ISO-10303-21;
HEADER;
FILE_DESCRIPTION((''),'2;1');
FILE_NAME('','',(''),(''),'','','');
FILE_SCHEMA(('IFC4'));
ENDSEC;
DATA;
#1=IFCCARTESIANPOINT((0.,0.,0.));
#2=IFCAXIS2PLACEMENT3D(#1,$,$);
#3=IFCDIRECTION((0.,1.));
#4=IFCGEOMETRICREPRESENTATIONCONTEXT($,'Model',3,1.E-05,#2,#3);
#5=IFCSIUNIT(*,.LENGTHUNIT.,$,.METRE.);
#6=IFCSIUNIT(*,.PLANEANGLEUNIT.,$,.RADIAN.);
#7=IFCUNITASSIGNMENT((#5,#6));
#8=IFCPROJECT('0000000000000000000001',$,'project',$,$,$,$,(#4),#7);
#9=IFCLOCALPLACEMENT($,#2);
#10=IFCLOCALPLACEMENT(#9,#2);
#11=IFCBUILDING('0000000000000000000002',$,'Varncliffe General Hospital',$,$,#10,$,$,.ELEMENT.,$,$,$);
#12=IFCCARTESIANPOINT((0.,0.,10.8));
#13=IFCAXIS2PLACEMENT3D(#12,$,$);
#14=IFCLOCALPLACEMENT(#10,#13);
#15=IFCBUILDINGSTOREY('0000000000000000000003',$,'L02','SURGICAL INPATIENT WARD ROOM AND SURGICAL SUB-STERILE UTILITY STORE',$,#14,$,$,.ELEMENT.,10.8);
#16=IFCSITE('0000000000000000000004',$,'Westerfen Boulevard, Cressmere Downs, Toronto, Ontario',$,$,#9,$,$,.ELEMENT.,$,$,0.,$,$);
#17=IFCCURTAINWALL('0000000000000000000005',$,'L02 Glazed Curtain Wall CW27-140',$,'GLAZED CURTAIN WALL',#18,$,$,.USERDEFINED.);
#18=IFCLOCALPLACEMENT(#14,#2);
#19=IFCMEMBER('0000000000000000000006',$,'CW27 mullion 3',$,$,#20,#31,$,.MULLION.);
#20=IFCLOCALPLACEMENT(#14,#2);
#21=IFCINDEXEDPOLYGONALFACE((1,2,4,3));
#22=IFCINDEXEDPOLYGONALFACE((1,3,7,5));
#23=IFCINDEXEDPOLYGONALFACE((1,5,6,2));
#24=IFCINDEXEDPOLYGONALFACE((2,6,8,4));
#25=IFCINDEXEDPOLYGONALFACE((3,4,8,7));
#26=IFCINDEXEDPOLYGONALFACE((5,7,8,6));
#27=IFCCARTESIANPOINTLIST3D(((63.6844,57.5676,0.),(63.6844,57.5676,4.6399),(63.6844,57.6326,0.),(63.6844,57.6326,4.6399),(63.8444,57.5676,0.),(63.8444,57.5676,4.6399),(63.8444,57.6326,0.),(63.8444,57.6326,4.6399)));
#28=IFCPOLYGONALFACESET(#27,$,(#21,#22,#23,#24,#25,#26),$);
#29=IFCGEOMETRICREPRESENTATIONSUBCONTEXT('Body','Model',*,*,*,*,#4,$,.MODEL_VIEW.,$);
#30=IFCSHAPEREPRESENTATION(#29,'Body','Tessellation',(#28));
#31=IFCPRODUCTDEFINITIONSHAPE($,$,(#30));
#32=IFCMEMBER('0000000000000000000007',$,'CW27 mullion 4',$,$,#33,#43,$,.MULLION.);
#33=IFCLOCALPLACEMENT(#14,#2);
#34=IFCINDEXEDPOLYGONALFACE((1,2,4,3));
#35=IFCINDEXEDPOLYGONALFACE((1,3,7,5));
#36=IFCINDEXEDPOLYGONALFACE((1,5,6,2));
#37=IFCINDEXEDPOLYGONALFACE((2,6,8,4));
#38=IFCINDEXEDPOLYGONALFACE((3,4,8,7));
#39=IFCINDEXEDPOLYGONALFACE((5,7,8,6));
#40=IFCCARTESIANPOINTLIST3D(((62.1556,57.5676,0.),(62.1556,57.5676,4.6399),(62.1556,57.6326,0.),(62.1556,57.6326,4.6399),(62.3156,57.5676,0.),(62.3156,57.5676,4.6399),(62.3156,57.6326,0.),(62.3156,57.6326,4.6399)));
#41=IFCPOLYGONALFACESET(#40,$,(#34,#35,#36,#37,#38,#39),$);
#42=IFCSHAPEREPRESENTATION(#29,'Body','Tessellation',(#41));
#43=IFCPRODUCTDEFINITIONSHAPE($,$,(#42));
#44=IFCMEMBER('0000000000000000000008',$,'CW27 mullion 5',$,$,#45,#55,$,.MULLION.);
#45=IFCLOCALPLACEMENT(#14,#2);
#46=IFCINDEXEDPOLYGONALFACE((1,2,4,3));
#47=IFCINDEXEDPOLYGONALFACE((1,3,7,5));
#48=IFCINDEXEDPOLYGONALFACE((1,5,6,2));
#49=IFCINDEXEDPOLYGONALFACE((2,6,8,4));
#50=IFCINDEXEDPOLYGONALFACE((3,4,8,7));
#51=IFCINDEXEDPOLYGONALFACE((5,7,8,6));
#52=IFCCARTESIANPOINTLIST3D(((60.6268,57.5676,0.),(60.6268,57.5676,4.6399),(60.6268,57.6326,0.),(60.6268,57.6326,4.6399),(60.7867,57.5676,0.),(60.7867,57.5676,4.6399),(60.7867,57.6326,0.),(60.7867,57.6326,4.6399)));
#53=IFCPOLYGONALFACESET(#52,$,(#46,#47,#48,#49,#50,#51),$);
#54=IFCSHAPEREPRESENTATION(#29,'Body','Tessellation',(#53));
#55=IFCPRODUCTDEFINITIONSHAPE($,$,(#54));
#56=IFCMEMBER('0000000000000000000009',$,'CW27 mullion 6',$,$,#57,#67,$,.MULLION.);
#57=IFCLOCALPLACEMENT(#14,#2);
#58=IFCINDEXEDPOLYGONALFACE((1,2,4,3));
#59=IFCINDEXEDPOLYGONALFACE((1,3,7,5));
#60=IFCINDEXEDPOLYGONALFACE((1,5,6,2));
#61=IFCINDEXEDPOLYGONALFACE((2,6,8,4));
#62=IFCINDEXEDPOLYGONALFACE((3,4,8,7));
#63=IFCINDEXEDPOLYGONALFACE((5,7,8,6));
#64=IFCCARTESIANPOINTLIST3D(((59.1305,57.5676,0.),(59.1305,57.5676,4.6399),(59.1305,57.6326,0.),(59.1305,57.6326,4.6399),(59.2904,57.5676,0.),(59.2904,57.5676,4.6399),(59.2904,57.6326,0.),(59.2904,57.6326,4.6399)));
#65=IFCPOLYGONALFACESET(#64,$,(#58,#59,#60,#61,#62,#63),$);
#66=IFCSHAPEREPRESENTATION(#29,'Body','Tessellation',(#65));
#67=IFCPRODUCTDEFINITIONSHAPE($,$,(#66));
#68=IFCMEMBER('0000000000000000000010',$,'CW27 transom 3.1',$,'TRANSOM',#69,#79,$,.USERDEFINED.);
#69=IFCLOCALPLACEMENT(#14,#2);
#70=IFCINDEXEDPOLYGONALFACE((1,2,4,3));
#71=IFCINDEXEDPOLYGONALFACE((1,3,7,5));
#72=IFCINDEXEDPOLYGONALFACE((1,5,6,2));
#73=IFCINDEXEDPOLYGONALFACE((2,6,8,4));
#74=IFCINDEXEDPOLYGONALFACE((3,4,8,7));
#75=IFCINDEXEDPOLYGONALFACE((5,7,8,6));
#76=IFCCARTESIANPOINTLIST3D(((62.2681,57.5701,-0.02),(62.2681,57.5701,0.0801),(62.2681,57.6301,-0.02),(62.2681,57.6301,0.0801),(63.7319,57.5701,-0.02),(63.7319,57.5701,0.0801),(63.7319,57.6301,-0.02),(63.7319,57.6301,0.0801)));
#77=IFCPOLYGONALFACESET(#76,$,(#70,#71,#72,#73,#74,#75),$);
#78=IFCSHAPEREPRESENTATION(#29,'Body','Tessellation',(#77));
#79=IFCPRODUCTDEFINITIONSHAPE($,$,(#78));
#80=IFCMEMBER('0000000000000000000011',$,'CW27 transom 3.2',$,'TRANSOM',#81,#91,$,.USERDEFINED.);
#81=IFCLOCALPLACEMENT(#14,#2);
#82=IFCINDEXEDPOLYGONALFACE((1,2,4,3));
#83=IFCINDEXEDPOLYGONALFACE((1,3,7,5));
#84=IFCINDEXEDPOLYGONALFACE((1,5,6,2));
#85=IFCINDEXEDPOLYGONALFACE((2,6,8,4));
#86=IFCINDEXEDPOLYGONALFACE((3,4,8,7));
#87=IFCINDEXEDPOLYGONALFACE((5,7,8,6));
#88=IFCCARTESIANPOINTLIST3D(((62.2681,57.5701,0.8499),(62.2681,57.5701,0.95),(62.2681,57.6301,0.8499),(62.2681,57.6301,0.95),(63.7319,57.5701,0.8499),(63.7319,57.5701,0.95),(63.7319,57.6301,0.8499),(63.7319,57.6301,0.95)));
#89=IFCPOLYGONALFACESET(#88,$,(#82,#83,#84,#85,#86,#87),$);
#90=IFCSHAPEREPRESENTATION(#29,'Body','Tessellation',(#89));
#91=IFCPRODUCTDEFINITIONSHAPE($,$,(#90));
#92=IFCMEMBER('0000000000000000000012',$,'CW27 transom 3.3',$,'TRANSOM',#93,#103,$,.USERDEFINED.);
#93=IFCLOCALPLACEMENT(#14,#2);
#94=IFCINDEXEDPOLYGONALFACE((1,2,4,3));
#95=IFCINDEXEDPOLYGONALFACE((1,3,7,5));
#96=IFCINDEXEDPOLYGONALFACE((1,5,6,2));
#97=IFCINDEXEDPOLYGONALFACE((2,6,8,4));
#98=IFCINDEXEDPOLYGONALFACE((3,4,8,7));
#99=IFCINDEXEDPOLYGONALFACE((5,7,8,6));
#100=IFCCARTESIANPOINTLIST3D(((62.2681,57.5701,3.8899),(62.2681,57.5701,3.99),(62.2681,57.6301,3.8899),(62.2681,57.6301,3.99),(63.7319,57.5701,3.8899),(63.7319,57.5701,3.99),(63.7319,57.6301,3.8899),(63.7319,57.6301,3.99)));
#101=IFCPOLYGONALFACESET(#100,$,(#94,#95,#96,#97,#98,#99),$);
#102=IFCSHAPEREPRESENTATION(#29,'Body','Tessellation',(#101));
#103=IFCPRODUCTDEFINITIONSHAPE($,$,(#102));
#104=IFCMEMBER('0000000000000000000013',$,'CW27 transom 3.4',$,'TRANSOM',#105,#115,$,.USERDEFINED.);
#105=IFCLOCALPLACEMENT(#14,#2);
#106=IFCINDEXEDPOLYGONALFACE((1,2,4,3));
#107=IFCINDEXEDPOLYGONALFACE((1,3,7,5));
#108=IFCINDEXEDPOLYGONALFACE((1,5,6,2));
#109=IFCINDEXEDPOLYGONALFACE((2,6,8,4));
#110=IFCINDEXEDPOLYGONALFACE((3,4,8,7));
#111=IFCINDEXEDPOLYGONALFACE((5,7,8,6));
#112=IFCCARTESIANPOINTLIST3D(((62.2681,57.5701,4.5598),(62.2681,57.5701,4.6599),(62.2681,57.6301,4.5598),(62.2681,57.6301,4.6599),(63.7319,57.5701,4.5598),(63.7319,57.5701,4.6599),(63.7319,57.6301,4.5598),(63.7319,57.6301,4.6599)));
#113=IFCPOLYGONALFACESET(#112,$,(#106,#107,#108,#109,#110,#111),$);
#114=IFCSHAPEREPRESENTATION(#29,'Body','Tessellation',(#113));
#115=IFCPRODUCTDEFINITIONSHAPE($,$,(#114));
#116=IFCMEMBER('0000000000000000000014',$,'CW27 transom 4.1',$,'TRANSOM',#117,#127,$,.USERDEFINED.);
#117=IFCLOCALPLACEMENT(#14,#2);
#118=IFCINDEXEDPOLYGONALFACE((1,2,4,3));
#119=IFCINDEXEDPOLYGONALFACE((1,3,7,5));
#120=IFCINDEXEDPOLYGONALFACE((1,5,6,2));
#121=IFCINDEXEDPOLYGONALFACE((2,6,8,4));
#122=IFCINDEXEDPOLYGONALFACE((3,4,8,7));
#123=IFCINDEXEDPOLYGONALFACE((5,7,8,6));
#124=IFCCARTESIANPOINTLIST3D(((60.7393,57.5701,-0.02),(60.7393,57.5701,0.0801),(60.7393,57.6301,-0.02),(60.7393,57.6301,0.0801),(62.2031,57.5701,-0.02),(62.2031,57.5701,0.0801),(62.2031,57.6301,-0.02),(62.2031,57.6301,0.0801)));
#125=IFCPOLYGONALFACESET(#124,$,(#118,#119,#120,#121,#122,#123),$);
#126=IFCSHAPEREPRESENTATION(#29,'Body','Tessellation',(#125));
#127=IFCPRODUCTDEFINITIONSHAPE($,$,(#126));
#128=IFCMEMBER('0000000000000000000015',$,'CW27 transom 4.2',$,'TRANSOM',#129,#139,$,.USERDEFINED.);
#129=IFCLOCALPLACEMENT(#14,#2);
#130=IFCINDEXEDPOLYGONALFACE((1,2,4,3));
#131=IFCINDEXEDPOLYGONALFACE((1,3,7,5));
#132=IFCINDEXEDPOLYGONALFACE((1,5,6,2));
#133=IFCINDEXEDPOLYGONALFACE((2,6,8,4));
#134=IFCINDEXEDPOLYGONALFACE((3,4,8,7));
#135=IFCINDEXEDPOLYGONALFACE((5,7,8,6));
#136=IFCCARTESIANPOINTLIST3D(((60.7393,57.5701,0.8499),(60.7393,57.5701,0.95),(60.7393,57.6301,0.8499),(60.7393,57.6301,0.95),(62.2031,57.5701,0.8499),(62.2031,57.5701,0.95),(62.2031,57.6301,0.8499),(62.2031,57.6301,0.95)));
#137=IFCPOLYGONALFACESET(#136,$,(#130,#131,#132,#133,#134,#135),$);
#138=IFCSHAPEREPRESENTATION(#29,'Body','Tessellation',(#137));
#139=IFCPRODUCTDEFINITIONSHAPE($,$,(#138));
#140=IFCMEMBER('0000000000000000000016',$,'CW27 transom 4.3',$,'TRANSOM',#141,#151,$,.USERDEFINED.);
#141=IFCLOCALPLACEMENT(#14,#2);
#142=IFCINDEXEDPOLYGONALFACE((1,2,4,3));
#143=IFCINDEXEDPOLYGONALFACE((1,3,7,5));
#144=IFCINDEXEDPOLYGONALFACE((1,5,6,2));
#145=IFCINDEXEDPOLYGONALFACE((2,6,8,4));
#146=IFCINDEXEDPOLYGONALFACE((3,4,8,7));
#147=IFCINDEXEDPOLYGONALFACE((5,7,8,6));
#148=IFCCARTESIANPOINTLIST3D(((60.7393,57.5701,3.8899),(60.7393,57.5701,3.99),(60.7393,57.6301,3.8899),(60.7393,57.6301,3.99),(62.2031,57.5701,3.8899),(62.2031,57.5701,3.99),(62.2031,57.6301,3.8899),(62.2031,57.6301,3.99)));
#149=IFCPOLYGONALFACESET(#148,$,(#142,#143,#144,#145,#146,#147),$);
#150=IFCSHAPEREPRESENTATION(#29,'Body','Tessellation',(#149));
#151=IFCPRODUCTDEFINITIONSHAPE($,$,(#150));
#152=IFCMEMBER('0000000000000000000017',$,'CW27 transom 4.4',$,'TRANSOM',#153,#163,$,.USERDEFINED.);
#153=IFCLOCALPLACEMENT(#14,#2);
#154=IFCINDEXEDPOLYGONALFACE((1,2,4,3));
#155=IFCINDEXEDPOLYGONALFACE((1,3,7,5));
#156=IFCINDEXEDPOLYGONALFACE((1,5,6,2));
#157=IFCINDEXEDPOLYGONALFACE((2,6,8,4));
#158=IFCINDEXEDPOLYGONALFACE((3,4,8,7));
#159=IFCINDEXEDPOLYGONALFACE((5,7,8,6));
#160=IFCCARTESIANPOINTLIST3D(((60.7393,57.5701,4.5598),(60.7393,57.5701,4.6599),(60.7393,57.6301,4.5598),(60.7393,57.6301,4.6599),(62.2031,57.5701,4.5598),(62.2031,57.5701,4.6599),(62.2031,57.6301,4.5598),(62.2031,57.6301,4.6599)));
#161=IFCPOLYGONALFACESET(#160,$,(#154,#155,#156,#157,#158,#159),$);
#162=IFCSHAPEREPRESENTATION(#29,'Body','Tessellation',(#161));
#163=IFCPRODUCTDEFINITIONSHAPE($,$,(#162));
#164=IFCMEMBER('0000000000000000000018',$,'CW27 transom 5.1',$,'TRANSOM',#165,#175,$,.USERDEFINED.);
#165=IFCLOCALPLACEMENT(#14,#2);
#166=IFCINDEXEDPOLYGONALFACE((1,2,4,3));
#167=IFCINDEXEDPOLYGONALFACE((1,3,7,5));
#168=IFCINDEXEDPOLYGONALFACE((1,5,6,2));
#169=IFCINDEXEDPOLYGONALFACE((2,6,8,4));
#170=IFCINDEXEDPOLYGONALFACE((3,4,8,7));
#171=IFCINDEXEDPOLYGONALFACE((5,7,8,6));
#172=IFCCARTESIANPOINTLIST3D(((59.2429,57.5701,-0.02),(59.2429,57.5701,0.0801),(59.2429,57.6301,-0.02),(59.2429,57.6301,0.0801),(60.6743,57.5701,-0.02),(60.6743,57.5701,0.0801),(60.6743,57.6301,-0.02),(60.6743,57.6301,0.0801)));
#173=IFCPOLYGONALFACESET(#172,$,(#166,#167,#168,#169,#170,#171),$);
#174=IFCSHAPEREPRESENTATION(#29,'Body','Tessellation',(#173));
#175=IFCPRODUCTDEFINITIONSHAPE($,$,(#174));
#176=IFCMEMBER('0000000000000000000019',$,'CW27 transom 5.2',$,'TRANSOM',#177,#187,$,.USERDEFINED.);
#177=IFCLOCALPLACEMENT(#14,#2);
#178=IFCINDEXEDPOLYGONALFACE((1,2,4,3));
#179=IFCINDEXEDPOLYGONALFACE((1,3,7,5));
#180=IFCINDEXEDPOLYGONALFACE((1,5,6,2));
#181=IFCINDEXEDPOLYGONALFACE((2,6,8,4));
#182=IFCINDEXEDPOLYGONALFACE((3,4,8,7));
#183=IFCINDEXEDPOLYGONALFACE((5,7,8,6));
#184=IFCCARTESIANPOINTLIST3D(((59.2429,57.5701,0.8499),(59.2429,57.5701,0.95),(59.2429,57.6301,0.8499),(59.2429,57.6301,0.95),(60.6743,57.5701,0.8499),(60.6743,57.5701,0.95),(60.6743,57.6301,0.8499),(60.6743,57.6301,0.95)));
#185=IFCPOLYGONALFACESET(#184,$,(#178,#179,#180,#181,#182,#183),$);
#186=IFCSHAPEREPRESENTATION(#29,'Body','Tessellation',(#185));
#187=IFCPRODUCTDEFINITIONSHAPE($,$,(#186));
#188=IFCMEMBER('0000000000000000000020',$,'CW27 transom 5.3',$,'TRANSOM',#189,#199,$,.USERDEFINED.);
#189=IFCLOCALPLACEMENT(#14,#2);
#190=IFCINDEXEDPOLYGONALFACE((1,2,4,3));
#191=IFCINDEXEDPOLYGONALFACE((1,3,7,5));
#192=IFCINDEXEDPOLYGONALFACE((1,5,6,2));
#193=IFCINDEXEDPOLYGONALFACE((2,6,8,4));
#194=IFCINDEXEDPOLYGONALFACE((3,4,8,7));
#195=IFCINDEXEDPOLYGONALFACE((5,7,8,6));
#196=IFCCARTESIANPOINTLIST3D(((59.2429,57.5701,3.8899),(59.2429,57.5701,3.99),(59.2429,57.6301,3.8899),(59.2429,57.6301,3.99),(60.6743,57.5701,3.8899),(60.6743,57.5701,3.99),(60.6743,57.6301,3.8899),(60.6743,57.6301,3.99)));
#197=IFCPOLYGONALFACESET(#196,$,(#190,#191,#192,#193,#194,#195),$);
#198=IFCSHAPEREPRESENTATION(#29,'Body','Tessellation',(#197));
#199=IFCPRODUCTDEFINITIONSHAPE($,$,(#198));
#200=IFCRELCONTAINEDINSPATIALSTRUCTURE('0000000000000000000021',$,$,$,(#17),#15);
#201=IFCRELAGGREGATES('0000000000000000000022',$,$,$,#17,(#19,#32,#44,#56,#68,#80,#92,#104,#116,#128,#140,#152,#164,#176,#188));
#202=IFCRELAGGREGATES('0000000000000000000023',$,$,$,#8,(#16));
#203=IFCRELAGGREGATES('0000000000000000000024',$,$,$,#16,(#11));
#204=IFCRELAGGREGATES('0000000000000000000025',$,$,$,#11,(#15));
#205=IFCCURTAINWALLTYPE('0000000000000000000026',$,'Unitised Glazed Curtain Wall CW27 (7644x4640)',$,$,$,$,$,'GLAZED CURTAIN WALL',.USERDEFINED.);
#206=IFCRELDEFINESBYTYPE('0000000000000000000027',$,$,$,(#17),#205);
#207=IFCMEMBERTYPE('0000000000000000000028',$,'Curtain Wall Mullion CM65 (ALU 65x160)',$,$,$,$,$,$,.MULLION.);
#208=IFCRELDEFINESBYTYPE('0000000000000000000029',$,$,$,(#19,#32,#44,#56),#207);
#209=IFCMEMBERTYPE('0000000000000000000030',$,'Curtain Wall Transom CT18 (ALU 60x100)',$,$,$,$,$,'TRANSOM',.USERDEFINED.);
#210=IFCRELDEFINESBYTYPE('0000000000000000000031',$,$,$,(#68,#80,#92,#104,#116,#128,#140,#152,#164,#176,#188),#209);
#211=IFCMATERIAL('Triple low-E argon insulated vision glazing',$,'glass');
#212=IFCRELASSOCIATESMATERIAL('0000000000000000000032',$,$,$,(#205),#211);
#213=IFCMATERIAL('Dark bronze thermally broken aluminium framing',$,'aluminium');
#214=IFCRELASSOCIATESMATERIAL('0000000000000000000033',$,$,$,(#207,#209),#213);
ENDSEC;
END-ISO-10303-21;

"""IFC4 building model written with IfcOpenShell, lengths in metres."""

from ifc_helpers import new_model, si_unit, direction, frame, origin, origin_2d, place, context, subcontext, project, spatial, rectangle, extrude, material, material_profile, profile_set, type_object, element, aggregate, save


model = new_model("IFC4")

# Units and contexts
model_context = context("Model", 3, precision=1e-05, world=origin(), true_north=direction((0.0, 1.0)))
body_context = subcontext(model_context, "Body", "Model", "MODEL_VIEW")
ifc_project = project(units=[si_unit("LENGTHUNIT", "METRE"), si_unit("PLANEANGLEUNIT", "RADIAN")], contexts=[model_context])

# Site, building, storey
site_placement = place(None, origin())
site = spatial("IfcSite", under=ifc_project, at=site_placement, Name="Westerfen Boulevard, Cressmere Downs, Toronto, Ontario", CompositionType="ELEMENT", RefElevation=0.0)
building_placement = place(site_placement, origin())
building = spatial("IfcBuilding", under=site, at=building_placement, Name="Varncliffe General Hospital", CompositionType="ELEMENT")
storey_placement = place(building_placement, frame((0.0, 0.0, 10.8)))
storey = spatial("IfcBuildingStorey", under=building, at=storey_placement, Name="L02", Description="SURGICAL INPATIENT WARD ROOM AND SURGICAL SUB-STERILE UTILITY STORE", CompositionType="ELEMENT", Elevation=10.8)

# Curtain wall, members
ifc_material_1 = material(Name="Triple low-E argon insulated vision glazing", Category="glass")
curtain_wall_type = type_object("IfcCurtainWallType", Name="Unitised Glazed Curtain Wall CW27 (7644x4640)", ElementType="GLAZED CURTAIN WALL", PredefinedType="USERDEFINED", material=ifc_material_1)
curtain_wall_placement = place(storey_placement, origin())
curtain_wall = element("IfcCurtainWall", 1, at=curtain_wall_placement, inside=storey, type_object=curtain_wall_type, Name="L02 Glazed Curtain Wall CW27-140", ObjectType="GLAZED CURTAIN WALL", PredefinedType="USERDEFINED")
ifc_material_2 = material(Name="Dark bronze thermally broken aluminium framing", Category="aluminium")
ifc_material_profile_1 = material_profile(ifc_material_2, rectangle(XDim=0.0649, YDim=0.1599, at=origin_2d()), Name="ALU 65x160")
ifc_profile_set_1 = profile_set([ifc_material_profile_1], Name="Dark bronze thermally broken aluminium framing")
member_type_1 = type_object("IfcMemberType", Name="Curtain Wall Mullion CM65 (ALU 65x160)", PredefinedType="MULLION", material=ifc_profile_set_1)
member_1_placement = place(storey_placement, frame((63.7644, 57.6001, 0.0), z_axis=(0.0, 0.0, 1.0), x_axis=(0.0, -1.0, 0.0)))
member_1 = element("IfcMember", 2, at=member_1_placement, type_object=member_type_1, Name="CW27 mullion 3", PredefinedType="MULLION", context=body_context, shape_type="SweptSolid", body=[
    extrude(rectangle(XDim=0.0649, YDim=0.1599, at=origin_2d()), origin(), (0.0, 0.0, 1.0), 4.6399),
])
member_2_placement = place(storey_placement, frame((62.2356, 57.6001, 0.0), z_axis=(0.0, 0.0, 1.0), x_axis=(0.0, -1.0, 0.0)))
member_2 = element("IfcMember", 3, at=member_2_placement, type_object=member_type_1, Name="CW27 mullion 4", PredefinedType="MULLION", context=body_context, shape_type="SweptSolid", body=[
    extrude(rectangle(XDim=0.0649, YDim=0.1599, at=origin_2d()), origin(), (0.0, 0.0, 1.0), 4.6399),
])
member_3_placement = place(storey_placement, frame((60.7068, 57.6001, 0.0), z_axis=(0.0, 0.0, 1.0), x_axis=(0.0, -1.0, 0.0)))
member_3 = element("IfcMember", 4, at=member_3_placement, type_object=member_type_1, Name="CW27 mullion 5", PredefinedType="MULLION", context=body_context, shape_type="SweptSolid", body=[
    extrude(rectangle(XDim=0.0649, YDim=0.1599, at=origin_2d()), origin(), (0.0, 0.0, 1.0), 4.6399),
])
member_4_placement = place(storey_placement, frame((59.2104, 57.6001, 0.0), z_axis=(0.0, 0.0, 1.0), x_axis=(0.0, -1.0, 0.0)))
member_4 = element("IfcMember", 5, at=member_4_placement, type_object=member_type_1, Name="CW27 mullion 6", PredefinedType="MULLION", context=body_context, shape_type="SweptSolid", body=[
    extrude(rectangle(XDim=0.0649, YDim=0.1599, at=origin_2d()), origin(), (0.0, 0.0, 1.0), 4.6399),
])
ifc_material_profile_2 = material_profile(ifc_material_2, rectangle(XDim=0.0601, YDim=0.1001, at=origin_2d()), Name="ALU 60x100")
ifc_profile_set_2 = profile_set([ifc_material_profile_2], Name="Dark bronze thermally broken aluminium framing")
member_type_2 = type_object("IfcMemberType", Name="Curtain Wall Transom CT18 (ALU 60x100)", ElementType="TRANSOM", PredefinedType="USERDEFINED", material=ifc_profile_set_2)
member_5_placement = place(storey_placement, frame((63.7319, 57.6001, 0.03), z_axis=(-1.0, 0.0, 0.0), x_axis=(0.0, -1.0, 0.0)))
member_5 = element("IfcMember", 6, at=member_5_placement, type_object=member_type_2, Name="CW27 transom 3.1", ObjectType="TRANSOM", PredefinedType="USERDEFINED", context=body_context, shape_type="SweptSolid", body=[
    extrude(rectangle(XDim=0.0601, YDim=0.1001, at=origin_2d()), origin(), (0.0, 0.0, 1.0), 1.4639),
])
member_6_placement = place(storey_placement, frame((63.7319, 57.6001, 0.8999), z_axis=(-1.0, 0.0, 0.0), x_axis=(0.0, -1.0, 0.0)))
member_6 = element("IfcMember", 7, at=member_6_placement, type_object=member_type_2, Name="CW27 transom 3.2", ObjectType="TRANSOM", PredefinedType="USERDEFINED", context=body_context, shape_type="SweptSolid", body=[
    extrude(rectangle(XDim=0.0601, YDim=0.1001, at=origin_2d()), origin(), (0.0, 0.0, 1.0), 1.4639),
])
member_7_placement = place(storey_placement, frame((63.7319, 57.6001, 3.9399), z_axis=(-1.0, 0.0, 0.0), x_axis=(0.0, -1.0, 0.0)))
member_7 = element("IfcMember", 8, at=member_7_placement, type_object=member_type_2, Name="CW27 transom 3.3", ObjectType="TRANSOM", PredefinedType="USERDEFINED", context=body_context, shape_type="SweptSolid", body=[
    extrude(rectangle(XDim=0.0601, YDim=0.1001, at=origin_2d()), origin(), (0.0, 0.0, 1.0), 1.4639),
])
member_8_placement = place(storey_placement, frame((63.7319, 57.6001, 4.6099), z_axis=(-1.0, 0.0, 0.0), x_axis=(0.0, -1.0, 0.0)))
member_8 = element("IfcMember", 9, at=member_8_placement, type_object=member_type_2, Name="CW27 transom 3.4", ObjectType="TRANSOM", PredefinedType="USERDEFINED", context=body_context, shape_type="SweptSolid", body=[
    extrude(rectangle(XDim=0.0601, YDim=0.1001, at=origin_2d()), origin(), (0.0, 0.0, 1.0), 1.4639),
])
member_9_placement = place(storey_placement, frame((62.2031, 57.6001, 0.03), z_axis=(-1.0, 0.0, 0.0), x_axis=(0.0, -1.0, 0.0)))
member_9 = element("IfcMember", 10, at=member_9_placement, type_object=member_type_2, Name="CW27 transom 4.1", ObjectType="TRANSOM", PredefinedType="USERDEFINED", context=body_context, shape_type="SweptSolid", body=[
    extrude(rectangle(XDim=0.0601, YDim=0.1001, at=origin_2d()), origin(), (0.0, 0.0, 1.0), 1.4639),
])
member_10_placement = place(storey_placement, frame((62.2031, 57.6001, 0.8999), z_axis=(-1.0, 0.0, 0.0), x_axis=(0.0, -1.0, 0.0)))
member_10 = element("IfcMember", 11, at=member_10_placement, type_object=member_type_2, Name="CW27 transom 4.2", ObjectType="TRANSOM", PredefinedType="USERDEFINED", context=body_context, shape_type="SweptSolid", body=[
    extrude(rectangle(XDim=0.0601, YDim=0.1001, at=origin_2d()), origin(), (0.0, 0.0, 1.0), 1.4639),
])
member_11_placement = place(storey_placement, frame((62.2031, 57.6001, 3.9399), z_axis=(-1.0, 0.0, 0.0), x_axis=(0.0, -1.0, 0.0)))
member_11 = element("IfcMember", 12, at=member_11_placement, type_object=member_type_2, Name="CW27 transom 4.3", ObjectType="TRANSOM", PredefinedType="USERDEFINED", context=body_context, shape_type="SweptSolid", body=[
    extrude(rectangle(XDim=0.0601, YDim=0.1001, at=origin_2d()), origin(), (0.0, 0.0, 1.0), 1.4639),
])
member_12_placement = place(storey_placement, frame((62.2031, 57.6001, 4.6099), z_axis=(-1.0, 0.0, 0.0), x_axis=(0.0, -1.0, 0.0)))
member_12 = element("IfcMember", 13, at=member_12_placement, type_object=member_type_2, Name="CW27 transom 4.4", ObjectType="TRANSOM", PredefinedType="USERDEFINED", context=body_context, shape_type="SweptSolid", body=[
    extrude(rectangle(XDim=0.0601, YDim=0.1001, at=origin_2d()), origin(), (0.0, 0.0, 1.0), 1.4639),
])
member_13_placement = place(storey_placement, frame((60.6743, 57.6001, 0.03), z_axis=(-1.0, 0.0, 0.0), x_axis=(0.0, -1.0, 0.0)))
member_13 = element("IfcMember", 14, at=member_13_placement, type_object=member_type_2, Name="CW27 transom 5.1", ObjectType="TRANSOM", PredefinedType="USERDEFINED", context=body_context, shape_type="SweptSolid", body=[
    extrude(rectangle(XDim=0.0601, YDim=0.1001, at=origin_2d()), origin(), (0.0, 0.0, 1.0), 1.4314),
])
member_14_placement = place(storey_placement, frame((60.6743, 57.6001, 0.8999), z_axis=(-1.0, 0.0, 0.0), x_axis=(0.0, -1.0, 0.0)))
member_14 = element("IfcMember", 15, at=member_14_placement, type_object=member_type_2, Name="CW27 transom 5.2", ObjectType="TRANSOM", PredefinedType="USERDEFINED", context=body_context, shape_type="SweptSolid", body=[
    extrude(rectangle(XDim=0.0601, YDim=0.1001, at=origin_2d()), origin(), (0.0, 0.0, 1.0), 1.4314),
])
member_15_placement = place(storey_placement, frame((60.6743, 57.6001, 3.9399), z_axis=(-1.0, 0.0, 0.0), x_axis=(0.0, -1.0, 0.0)))
member_15 = element("IfcMember", 16, at=member_15_placement, type_object=member_type_2, Name="CW27 transom 5.3", ObjectType="TRANSOM", PredefinedType="USERDEFINED", context=body_context, shape_type="SweptSolid", body=[
    extrude(rectangle(XDim=0.0601, YDim=0.1001, at=origin_2d()), origin(), (0.0, 0.0, 1.0), 1.4314),
])
aggregate(curtain_wall, [member_1, member_2, member_3, member_4, member_5, member_6, member_7, member_8, member_9, member_10, member_11, member_12, member_13, member_14, member_15])

save(model, "model.ifc")
